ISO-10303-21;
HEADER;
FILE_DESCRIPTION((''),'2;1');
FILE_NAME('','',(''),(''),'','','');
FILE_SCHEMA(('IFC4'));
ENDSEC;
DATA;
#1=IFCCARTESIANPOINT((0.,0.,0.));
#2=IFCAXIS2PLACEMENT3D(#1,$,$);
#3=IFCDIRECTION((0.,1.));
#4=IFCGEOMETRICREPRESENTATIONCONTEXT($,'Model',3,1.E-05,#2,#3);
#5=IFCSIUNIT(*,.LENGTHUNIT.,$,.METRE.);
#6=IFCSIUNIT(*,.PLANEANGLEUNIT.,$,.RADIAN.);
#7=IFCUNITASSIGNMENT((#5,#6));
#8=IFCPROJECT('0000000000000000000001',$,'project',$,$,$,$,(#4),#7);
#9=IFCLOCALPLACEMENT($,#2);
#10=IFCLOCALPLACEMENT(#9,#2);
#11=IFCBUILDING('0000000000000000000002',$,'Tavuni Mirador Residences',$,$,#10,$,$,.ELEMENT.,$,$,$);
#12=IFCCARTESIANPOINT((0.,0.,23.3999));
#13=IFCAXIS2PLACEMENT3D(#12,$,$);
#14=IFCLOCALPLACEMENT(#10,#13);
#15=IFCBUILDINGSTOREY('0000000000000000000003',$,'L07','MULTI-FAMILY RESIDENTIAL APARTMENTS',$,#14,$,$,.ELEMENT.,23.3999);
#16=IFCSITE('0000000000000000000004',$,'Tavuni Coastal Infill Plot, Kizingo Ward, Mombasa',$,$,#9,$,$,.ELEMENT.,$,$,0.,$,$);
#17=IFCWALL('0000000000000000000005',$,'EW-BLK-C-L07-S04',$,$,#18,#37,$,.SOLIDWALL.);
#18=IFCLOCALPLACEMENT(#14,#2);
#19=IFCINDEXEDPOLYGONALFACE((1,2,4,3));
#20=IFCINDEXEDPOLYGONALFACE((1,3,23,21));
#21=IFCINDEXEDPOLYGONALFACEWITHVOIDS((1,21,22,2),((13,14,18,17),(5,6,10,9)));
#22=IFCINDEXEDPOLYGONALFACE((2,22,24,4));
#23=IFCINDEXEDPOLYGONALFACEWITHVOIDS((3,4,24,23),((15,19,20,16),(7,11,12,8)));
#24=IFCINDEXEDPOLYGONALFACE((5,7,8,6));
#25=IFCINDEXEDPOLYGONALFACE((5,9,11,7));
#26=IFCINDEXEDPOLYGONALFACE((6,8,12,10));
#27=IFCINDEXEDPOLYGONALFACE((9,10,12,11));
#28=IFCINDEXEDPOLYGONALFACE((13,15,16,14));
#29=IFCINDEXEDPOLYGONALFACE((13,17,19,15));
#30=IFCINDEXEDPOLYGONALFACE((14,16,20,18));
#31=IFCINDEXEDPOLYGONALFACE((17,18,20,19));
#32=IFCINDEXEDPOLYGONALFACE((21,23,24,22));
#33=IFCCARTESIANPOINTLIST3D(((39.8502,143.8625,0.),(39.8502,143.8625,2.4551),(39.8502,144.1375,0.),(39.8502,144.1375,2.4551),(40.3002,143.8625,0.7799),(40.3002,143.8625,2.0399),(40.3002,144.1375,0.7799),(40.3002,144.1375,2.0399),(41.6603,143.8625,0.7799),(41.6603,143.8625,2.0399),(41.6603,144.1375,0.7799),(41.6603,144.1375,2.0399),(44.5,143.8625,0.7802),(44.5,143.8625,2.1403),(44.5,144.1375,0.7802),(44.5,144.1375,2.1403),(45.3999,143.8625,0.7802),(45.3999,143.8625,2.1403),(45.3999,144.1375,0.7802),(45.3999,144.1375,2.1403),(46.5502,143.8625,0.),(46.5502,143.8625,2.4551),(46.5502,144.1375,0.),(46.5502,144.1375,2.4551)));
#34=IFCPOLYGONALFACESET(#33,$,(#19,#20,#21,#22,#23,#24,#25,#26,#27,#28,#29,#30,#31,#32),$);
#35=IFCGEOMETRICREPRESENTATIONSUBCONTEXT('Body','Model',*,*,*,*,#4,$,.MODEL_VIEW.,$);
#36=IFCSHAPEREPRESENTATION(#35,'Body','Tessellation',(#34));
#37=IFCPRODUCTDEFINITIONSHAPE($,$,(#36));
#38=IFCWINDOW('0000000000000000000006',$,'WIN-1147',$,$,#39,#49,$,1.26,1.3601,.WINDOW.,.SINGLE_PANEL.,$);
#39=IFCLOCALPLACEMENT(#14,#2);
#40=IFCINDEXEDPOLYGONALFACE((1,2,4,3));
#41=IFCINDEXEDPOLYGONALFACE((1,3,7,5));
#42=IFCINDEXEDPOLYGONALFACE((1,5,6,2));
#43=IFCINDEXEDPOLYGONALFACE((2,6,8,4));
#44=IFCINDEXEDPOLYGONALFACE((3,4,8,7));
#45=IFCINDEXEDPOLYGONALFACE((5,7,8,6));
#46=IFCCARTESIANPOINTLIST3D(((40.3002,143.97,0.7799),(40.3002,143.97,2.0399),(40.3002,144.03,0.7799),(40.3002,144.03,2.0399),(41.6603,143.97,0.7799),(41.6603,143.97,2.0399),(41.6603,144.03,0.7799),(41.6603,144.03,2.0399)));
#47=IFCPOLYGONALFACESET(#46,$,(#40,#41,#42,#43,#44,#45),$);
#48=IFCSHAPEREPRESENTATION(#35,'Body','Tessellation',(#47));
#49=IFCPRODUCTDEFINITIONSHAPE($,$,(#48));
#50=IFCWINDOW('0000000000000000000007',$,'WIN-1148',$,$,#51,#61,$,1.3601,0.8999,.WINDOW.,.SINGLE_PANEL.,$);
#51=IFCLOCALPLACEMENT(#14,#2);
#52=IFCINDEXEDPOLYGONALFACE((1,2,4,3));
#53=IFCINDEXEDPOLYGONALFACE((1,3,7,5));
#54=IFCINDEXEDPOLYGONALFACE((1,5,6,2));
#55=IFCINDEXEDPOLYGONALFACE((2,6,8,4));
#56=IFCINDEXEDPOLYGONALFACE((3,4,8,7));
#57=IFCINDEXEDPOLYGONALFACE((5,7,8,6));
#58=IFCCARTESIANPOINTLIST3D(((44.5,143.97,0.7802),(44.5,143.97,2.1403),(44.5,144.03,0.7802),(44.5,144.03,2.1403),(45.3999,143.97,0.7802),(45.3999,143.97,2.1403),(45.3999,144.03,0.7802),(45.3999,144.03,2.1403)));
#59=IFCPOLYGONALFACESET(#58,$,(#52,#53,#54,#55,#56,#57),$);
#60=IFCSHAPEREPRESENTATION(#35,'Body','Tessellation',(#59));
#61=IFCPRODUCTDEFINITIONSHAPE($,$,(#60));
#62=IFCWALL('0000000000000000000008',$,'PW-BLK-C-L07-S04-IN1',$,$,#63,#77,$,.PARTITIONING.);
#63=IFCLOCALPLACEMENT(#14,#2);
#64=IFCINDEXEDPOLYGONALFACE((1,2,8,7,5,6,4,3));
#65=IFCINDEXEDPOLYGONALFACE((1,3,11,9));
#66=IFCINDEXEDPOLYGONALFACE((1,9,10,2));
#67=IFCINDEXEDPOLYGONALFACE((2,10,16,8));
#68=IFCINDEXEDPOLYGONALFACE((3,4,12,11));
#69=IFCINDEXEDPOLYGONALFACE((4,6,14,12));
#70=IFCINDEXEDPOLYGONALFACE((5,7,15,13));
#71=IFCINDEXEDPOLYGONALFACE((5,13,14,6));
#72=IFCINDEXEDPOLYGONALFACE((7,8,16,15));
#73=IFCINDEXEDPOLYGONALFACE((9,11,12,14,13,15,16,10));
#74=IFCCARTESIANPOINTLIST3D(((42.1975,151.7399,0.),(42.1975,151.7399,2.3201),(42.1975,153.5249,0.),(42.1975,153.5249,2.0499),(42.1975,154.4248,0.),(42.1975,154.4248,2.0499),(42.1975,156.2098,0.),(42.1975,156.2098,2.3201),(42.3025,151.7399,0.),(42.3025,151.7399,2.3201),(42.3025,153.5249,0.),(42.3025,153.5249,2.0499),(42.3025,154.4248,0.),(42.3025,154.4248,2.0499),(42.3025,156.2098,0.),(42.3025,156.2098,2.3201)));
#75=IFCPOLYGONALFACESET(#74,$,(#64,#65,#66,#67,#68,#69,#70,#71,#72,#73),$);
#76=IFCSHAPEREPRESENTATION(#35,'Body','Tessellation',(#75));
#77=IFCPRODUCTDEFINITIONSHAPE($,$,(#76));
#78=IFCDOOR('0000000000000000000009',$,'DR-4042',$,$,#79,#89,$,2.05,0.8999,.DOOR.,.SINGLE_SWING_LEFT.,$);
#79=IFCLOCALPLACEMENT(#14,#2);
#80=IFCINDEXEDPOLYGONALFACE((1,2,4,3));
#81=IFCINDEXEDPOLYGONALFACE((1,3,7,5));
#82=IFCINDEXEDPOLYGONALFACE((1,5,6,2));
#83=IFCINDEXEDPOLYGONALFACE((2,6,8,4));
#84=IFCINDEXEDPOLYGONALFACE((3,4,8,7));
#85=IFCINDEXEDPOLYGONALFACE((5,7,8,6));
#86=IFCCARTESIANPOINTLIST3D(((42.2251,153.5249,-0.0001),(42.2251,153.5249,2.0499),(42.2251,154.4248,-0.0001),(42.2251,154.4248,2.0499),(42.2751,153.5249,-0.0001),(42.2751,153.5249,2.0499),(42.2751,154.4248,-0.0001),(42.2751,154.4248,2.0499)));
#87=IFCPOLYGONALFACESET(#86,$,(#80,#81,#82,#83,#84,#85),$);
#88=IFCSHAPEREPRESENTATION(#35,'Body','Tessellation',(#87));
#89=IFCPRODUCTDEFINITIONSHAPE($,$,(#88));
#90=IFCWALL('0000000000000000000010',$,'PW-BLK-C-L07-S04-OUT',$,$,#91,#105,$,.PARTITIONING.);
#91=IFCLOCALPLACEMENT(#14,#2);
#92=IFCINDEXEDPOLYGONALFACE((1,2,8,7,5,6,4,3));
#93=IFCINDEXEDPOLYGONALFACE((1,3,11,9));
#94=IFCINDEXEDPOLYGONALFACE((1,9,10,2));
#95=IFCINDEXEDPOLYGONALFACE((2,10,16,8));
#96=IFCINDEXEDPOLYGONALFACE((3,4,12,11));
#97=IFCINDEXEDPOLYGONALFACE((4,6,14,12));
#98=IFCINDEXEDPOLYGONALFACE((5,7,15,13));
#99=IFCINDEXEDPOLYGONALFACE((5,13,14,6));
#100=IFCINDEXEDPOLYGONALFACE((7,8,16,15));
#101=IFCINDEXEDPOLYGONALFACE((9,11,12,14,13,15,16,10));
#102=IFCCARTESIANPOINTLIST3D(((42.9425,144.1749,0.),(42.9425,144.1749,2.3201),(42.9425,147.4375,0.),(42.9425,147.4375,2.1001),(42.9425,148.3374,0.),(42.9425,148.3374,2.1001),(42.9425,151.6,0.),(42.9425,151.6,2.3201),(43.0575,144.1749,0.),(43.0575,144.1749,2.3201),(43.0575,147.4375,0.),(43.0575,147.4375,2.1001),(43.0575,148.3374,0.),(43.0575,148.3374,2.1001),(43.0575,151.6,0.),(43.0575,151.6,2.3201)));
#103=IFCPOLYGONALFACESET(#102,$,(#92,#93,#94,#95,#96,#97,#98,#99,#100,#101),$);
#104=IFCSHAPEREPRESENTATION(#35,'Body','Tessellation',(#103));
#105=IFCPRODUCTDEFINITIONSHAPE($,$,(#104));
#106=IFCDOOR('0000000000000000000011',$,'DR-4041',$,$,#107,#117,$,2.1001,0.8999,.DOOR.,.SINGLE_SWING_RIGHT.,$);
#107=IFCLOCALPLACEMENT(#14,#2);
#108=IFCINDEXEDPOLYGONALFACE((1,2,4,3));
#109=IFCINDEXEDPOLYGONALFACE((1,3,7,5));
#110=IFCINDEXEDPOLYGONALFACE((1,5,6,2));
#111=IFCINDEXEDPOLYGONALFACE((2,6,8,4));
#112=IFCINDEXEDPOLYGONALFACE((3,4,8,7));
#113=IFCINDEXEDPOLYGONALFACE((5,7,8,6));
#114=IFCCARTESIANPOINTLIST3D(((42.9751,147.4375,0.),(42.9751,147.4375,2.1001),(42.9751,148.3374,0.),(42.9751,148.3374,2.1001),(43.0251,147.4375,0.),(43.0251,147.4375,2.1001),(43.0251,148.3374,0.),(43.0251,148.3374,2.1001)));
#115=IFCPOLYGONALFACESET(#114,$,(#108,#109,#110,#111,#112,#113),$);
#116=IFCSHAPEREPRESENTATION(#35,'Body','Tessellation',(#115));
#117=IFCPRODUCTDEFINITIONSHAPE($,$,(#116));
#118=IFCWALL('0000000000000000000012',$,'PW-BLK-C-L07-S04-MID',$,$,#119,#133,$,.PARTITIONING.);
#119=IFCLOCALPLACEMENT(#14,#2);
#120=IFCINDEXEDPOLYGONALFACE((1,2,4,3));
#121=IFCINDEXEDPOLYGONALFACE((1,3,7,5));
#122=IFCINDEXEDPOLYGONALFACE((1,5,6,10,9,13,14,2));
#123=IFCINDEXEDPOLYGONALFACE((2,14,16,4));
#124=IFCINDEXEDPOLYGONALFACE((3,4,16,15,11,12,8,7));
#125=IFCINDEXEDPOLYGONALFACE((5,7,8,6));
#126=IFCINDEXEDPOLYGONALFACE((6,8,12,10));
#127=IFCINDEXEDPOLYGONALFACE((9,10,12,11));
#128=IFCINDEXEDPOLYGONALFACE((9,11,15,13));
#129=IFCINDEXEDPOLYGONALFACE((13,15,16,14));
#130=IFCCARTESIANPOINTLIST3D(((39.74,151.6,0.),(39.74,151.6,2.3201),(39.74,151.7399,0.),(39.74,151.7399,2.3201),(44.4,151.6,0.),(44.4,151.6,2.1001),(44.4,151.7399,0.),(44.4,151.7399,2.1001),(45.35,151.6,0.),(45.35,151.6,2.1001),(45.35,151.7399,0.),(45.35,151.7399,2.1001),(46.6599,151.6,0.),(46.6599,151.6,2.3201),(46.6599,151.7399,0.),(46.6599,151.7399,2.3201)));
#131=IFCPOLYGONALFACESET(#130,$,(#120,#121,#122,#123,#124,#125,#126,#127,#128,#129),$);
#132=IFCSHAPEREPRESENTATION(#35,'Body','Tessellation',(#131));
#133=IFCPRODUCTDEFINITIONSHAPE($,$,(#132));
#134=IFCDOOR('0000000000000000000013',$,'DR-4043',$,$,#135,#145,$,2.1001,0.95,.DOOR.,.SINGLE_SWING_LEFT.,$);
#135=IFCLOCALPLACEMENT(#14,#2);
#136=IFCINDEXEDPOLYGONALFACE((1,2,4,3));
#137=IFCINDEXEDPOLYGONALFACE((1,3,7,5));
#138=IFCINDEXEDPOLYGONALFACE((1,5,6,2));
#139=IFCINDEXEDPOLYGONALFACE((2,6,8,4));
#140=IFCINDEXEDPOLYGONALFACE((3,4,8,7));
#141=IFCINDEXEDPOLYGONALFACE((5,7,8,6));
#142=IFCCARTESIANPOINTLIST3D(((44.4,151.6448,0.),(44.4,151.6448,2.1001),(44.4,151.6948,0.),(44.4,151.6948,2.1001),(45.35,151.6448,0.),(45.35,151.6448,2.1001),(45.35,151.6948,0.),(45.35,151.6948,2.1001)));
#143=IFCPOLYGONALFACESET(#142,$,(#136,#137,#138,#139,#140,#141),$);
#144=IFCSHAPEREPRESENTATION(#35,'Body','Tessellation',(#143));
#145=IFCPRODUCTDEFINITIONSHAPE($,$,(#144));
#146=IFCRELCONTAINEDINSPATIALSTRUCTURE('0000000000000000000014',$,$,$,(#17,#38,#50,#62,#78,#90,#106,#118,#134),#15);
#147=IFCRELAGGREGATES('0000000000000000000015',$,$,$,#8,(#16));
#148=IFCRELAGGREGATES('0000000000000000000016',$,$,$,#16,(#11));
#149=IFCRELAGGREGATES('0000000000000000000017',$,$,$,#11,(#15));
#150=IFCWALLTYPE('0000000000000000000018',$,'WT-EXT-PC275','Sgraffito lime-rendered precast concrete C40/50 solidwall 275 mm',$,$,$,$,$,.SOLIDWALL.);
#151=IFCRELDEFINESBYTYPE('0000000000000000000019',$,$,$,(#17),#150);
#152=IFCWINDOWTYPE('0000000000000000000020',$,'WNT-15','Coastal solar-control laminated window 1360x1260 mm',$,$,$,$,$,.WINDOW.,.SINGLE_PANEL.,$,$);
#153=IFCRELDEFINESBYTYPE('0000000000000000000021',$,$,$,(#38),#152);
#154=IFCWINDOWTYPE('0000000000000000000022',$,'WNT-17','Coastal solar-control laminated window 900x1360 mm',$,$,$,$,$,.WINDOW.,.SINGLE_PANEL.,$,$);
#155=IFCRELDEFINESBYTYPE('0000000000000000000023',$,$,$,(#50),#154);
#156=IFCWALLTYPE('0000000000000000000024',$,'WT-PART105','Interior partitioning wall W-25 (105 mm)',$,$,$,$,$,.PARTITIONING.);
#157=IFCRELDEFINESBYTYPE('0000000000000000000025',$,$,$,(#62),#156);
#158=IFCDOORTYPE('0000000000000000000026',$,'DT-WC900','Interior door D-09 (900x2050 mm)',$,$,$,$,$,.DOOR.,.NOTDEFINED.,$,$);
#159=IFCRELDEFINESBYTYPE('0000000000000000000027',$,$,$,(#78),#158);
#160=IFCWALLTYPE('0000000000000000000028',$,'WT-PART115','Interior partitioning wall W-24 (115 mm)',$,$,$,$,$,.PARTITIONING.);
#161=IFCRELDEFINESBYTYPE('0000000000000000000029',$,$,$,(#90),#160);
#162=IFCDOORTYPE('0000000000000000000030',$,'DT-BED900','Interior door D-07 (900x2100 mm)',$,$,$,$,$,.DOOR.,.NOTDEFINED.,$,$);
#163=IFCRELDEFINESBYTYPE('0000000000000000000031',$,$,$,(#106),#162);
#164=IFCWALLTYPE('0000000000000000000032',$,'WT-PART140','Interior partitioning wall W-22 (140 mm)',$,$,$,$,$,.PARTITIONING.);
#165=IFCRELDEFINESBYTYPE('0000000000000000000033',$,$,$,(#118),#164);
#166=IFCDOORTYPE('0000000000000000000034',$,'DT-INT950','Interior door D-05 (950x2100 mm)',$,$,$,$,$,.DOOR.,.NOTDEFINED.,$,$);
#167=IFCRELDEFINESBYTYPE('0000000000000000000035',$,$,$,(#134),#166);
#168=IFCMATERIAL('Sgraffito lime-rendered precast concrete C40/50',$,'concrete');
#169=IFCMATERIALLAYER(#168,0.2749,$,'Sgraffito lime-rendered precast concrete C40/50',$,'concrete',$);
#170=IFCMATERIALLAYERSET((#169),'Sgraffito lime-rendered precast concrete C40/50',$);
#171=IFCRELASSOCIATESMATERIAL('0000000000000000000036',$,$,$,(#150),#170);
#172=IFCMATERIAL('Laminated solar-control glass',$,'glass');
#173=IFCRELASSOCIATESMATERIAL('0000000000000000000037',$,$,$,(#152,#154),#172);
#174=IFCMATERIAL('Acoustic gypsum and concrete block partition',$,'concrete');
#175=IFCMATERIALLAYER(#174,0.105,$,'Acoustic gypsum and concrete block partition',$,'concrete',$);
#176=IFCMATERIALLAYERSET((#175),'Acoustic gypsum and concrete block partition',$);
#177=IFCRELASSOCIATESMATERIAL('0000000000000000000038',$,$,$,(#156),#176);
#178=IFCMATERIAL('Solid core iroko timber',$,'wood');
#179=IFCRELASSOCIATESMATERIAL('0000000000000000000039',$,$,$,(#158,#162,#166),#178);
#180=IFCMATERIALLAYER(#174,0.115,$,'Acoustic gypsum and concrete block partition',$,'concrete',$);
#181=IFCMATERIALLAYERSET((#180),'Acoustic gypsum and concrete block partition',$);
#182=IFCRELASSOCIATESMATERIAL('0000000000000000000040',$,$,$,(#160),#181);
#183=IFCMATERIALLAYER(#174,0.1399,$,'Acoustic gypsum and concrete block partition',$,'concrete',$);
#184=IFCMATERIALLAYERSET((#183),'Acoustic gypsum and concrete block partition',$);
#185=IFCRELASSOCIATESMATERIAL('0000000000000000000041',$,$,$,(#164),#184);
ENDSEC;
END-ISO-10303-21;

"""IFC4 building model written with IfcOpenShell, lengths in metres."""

from ifc_helpers import new_model, si_unit, direction, frame, frame_2d, origin, place, context, subcontext, project, spatial, rectangle, extrude, material, layer, layer_set, type_object, element, fill, save


model = new_model("IFC4")

# Units and contexts
model_context = context("Model", 3, precision=1e-05, world=origin(), true_north=direction((0.0, 1.0)))
body_context = subcontext(model_context, "Body", "Model", "MODEL_VIEW")
ifc_project = project(units=[si_unit("LENGTHUNIT", "METRE"), si_unit("PLANEANGLEUNIT", "RADIAN")], contexts=[model_context])

# Site, building, storey
site_placement = place(None, origin())
site = spatial("IfcSite", under=ifc_project, at=site_placement, Name="Tavuni Coastal Infill Plot, Kizingo Ward, Mombasa", CompositionType="ELEMENT", RefElevation=0.0)
building_placement = place(site_placement, origin())
building = spatial("IfcBuilding", under=site, at=building_placement, Name="Tavuni Mirador Residences", CompositionType="ELEMENT")
storey_placement = place(building_placement, frame((0.0, 0.0, 23.3999)))
storey = spatial("IfcBuildingStorey", under=building, at=storey_placement, Name="L07", Description="MULTI-FAMILY RESIDENTIAL APARTMENTS", CompositionType="ELEMENT", Elevation=23.3999)

# Shared definitions
ifc_material_1 = material(Name="Solid core iroko timber", Category="wood")

# Wall, openings, windows
ifc_material_2 = material(Name="Sgraffito lime-rendered precast concrete C40/50", Category="concrete")
ifc_layer_1 = layer(ifc_material_2, 0.2749, Name="Sgraffito lime-rendered precast concrete C40/50", Category="concrete")
ifc_layer_set_1 = layer_set([ifc_layer_1], Name="Sgraffito lime-rendered precast concrete C40/50")
wall_type_1 = type_object("IfcWallType", Name="WT-EXT-PC275", Description="Sgraffito lime-rendered precast concrete C40/50 solidwall 275 mm", PredefinedType="SOLIDWALL", material=ifc_layer_set_1)
wall_1_placement = place(storey_placement, frame((39.8501, 144.0, 0.0), z_axis=(0.0, 0.0, 1.0), x_axis=(1.0, 0.0, 0.0)))
wall_1 = element("IfcWall", 1, at=wall_1_placement, inside=storey, type_object=wall_type_1, Name="EW-BLK-C-L07-S04", PredefinedType="SOLIDWALL", context=body_context, shape_type="SweptSolid", body=[
    extrude(rectangle(XDim=6.7, YDim=0.2749, at=frame_2d((3.3501, 0.0))), origin(), (0.0, 0.0, 1.0), 2.4551),
])
opening_1_placement = place(wall_1_placement, frame((0.45, 0.0, 0.78)))
opening_1 = element("IfcOpeningElement", 2, at=opening_1_placement, cuts=wall_1, PredefinedType="OPENING", context=body_context, shape_type="SweptSolid", body=[
    extrude(rectangle(XDim=1.3601, YDim=1.26, at=frame_2d((0.6802, 0.6299))), frame((0.0, 0.1475, 0.0), z_axis=(0.0, -1.0, 0.0), x_axis=(1.0, 0.0, 0.0)), (0.0, 0.0, 1.0), 0.2949),
])
opening_2_placement = place(wall_1_placement, frame((4.6499, 0.0, 0.78)))
opening_2 = element("IfcOpeningElement", 3, at=opening_2_placement, cuts=wall_1, PredefinedType="OPENING", context=body_context, shape_type="SweptSolid", body=[
    extrude(rectangle(XDim=0.8999, YDim=1.3601, at=frame_2d((0.45, 0.6802))), frame((0.0, 0.1475, 0.0), z_axis=(0.0, -1.0, 0.0), x_axis=(1.0, 0.0, 0.0)), (0.0, 0.0, 1.0), 0.2949),
])
ifc_material_3 = material(Name="Laminated solar-control glass", Category="glass")
window_type_1 = type_object("IfcWindowType", Name="WNT-15", Description="Coastal solar-control laminated window 1360x1260 mm", PartitioningType="SINGLE_PANEL", PredefinedType="WINDOW", material=ifc_material_3)
window_1_placement = place(opening_1_placement, origin())
window_1 = element("IfcWindow", 4, at=window_1_placement, inside=storey, type_object=window_type_1, Name="WIN-1147", OverallHeight=1.26, OverallWidth=1.3601, PartitioningType="SINGLE_PANEL", PredefinedType="WINDOW", context=body_context, shape_type="SweptSolid", body=[
    extrude(rectangle(XDim=1.3601, YDim=1.26, at=frame_2d((0.6802, 0.6299))), frame((0.0, 0.03, 0.0), z_axis=(0.0, -1.0, 0.0), x_axis=(1.0, 0.0, 0.0)), (0.0, 0.0, 1.0), 0.0601),
])
fill(opening_1, window_1)
window_type_2 = type_object("IfcWindowType", Name="WNT-17", Description="Coastal solar-control laminated window 900x1360 mm", PartitioningType="SINGLE_PANEL", PredefinedType="WINDOW", material=ifc_material_3)
window_2_placement = place(opening_2_placement, origin())
window_2 = element("IfcWindow", 5, at=window_2_placement, inside=storey, type_object=window_type_2, Name="WIN-1148", OverallHeight=1.3601, OverallWidth=0.8999, PartitioningType="SINGLE_PANEL", PredefinedType="WINDOW", context=body_context, shape_type="SweptSolid", body=[
    extrude(rectangle(XDim=0.8999, YDim=1.3601, at=frame_2d((0.45, 0.6802))), frame((0.0, 0.03, 0.0), z_axis=(0.0, -1.0, 0.0), x_axis=(1.0, 0.0, 0.0)), (0.0, 0.0, 1.0), 0.0601),
])
fill(opening_2, window_2)

# Walls, openings, doors
ifc_material_4 = material(Name="Acoustic gypsum and concrete block partition", Category="concrete")
ifc_layer_2 = layer(ifc_material_4, 0.105, Name="Acoustic gypsum and concrete block partition", Category="concrete")
ifc_layer_set_2 = layer_set([ifc_layer_2], Name="Acoustic gypsum and concrete block partition")
wall_type_2 = type_object("IfcWallType", Name="WT-PART105", Description="Interior partitioning wall W-25 (105 mm)", PredefinedType="PARTITIONING", material=ifc_layer_set_2)
wall_2_placement = place(storey_placement, frame((42.25, 151.74, 0.0), z_axis=(0.0, 0.0, 1.0), x_axis=(0.0, 1.0, 0.0)))
wall_2 = element("IfcWall", 6, at=wall_2_placement, inside=storey, type_object=wall_type_2, Name="PW-BLK-C-L07-S04-IN1", PredefinedType="PARTITIONING", context=body_context, shape_type="SweptSolid", body=[
    extrude(rectangle(XDim=4.47, YDim=0.105, at=frame_2d((2.2349, 0.0))), origin(), (0.0, 0.0, 1.0), 2.3201),
])
opening_3_placement = place(wall_2_placement, frame((1.7849, 0.0, 0.0)))
opening_3 = element("IfcOpeningElement", 7, at=opening_3_placement, cuts=wall_2, PredefinedType="OPENING", context=body_context, shape_type="SweptSolid", body=[
    extrude(rectangle(XDim=0.8999, YDim=2.05, at=frame_2d((0.45, 1.0249))), frame((0.0, 0.0625, 0.0), z_axis=(0.0, -1.0, 0.0), x_axis=(1.0, 0.0, 0.0)), (0.0, 0.0, 1.0), 0.125),
])
door_type_1 = type_object("IfcDoorType", Name="DT-WC900", Description="Interior door D-09 (900x2050 mm)", OperationType="NOTDEFINED", PredefinedType="DOOR", material=ifc_material_1)
door_1_placement = place(opening_3_placement, origin())
door_1 = element("IfcDoor", 8, at=door_1_placement, inside=storey, type_object=door_type_1, Name="DR-4042", OperationType="SINGLE_SWING_LEFT", OverallHeight=2.05, OverallWidth=0.8999, PredefinedType="DOOR", context=body_context, shape_type="SweptSolid", body=[
    extrude(rectangle(XDim=0.8999, YDim=2.05, at=frame_2d((0.45, 1.0249))), frame((0.0, 0.0249, 0.0), z_axis=(0.0, -1.0, 0.0), x_axis=(1.0, 0.0, 0.0)), (0.0, 0.0, 1.0), 0.05),
])
fill(opening_3, door_1)
ifc_layer_3 = layer(ifc_material_4, 0.115, Name="Acoustic gypsum and concrete block partition", Category="concrete")
ifc_layer_set_3 = layer_set([ifc_layer_3], Name="Acoustic gypsum and concrete block partition")
wall_type_3 = type_object("IfcWallType", Name="WT-PART115", Description="Interior partitioning wall W-24 (115 mm)", PredefinedType="PARTITIONING", material=ifc_layer_set_3)
wall_3_placement = place(storey_placement, frame((43.0, 144.175, 0.0), z_axis=(0.0, 0.0, 1.0), x_axis=(0.0, 1.0, 0.0)))
wall_3 = element("IfcWall", 9, at=wall_3_placement, inside=storey, type_object=wall_type_3, Name="PW-BLK-C-L07-S04-OUT", PredefinedType="PARTITIONING", context=body_context, shape_type="SweptSolid", body=[
    extrude(rectangle(XDim=7.425, YDim=0.115, at=frame_2d((3.7124, 0.0))), origin(), (0.0, 0.0, 1.0), 2.3201),
])
opening_4_placement = place(wall_3_placement, frame((3.2625, 0.0, 0.0)))
opening_4 = element("IfcOpeningElement", 10, at=opening_4_placement, cuts=wall_3, PredefinedType="OPENING", context=body_context, shape_type="SweptSolid", body=[
    extrude(rectangle(XDim=0.8999, YDim=2.1001, at=frame_2d((0.45, 1.05))), frame((0.0, 0.0674, 0.0), z_axis=(0.0, -1.0, 0.0), x_axis=(1.0, 0.0, 0.0)), (0.0, 0.0, 1.0), 0.135),
])
door_type_2 = type_object("IfcDoorType", Name="DT-BED900", Description="Interior door D-07 (900x2100 mm)", OperationType="NOTDEFINED", PredefinedType="DOOR", material=ifc_material_1)
door_2_placement = place(opening_4_placement, origin())
door_2 = element("IfcDoor", 11, at=door_2_placement, inside=storey, type_object=door_type_2, Name="DR-4041", OperationType="SINGLE_SWING_RIGHT", OverallHeight=2.1001, OverallWidth=0.8999, PredefinedType="DOOR", context=body_context, shape_type="SweptSolid", body=[
    extrude(rectangle(XDim=0.8999, YDim=2.1001, at=frame_2d((0.45, 1.05))), frame((0.0, 0.0249, 0.0), z_axis=(0.0, -1.0, 0.0), x_axis=(1.0, 0.0, 0.0)), (0.0, 0.0, 1.0), 0.05),
])
fill(opening_4, door_2)
ifc_layer_4 = layer(ifc_material_4, 0.1399, Name="Acoustic gypsum and concrete block partition", Category="concrete")
ifc_layer_set_4 = layer_set([ifc_layer_4], Name="Acoustic gypsum and concrete block partition")
wall_type_4 = type_object("IfcWallType", Name="WT-PART140", Description="Interior partitioning wall W-22 (140 mm)", PredefinedType="PARTITIONING", material=ifc_layer_set_4)
wall_4_placement = place(storey_placement, frame((39.74, 151.6699, 0.0), z_axis=(0.0, 0.0, 1.0), x_axis=(1.0, 0.0, 0.0)))
wall_4 = element("IfcWall", 12, at=wall_4_placement, inside=storey, type_object=wall_type_4, Name="PW-BLK-C-L07-S04-MID", PredefinedType="PARTITIONING", context=body_context, shape_type="SweptSolid", body=[
    extrude(rectangle(XDim=6.9199, YDim=0.1399, at=frame_2d((3.46, 0.0))), origin(), (0.0, 0.0, 1.0), 2.3201),
])
opening_5_placement = place(wall_4_placement, frame((4.6599, 0.0, 0.0)))
opening_5 = element("IfcOpeningElement", 13, at=opening_5_placement, cuts=wall_4, PredefinedType="OPENING", context=body_context, shape_type="SweptSolid", body=[
    extrude(rectangle(XDim=0.95, YDim=2.1001, at=frame_2d((0.4751, 1.05))), frame((0.0, 0.0801, 0.0), z_axis=(0.0, -1.0, 0.0), x_axis=(1.0, 0.0, 0.0)), (0.0, 0.0, 1.0), 0.1599),
])
door_type_3 = type_object("IfcDoorType", Name="DT-INT950", Description="Interior door D-05 (950x2100 mm)", OperationType="NOTDEFINED", PredefinedType="DOOR", material=ifc_material_1)
door_3_placement = place(opening_5_placement, origin())
door_3 = element("IfcDoor", 14, at=door_3_placement, inside=storey, type_object=door_type_3, Name="DR-4043", OperationType="SINGLE_SWING_LEFT", OverallHeight=2.1001, OverallWidth=0.95, PredefinedType="DOOR", context=body_context, shape_type="SweptSolid", body=[
    extrude(rectangle(XDim=0.95, YDim=2.1001, at=frame_2d((0.4751, 1.05))), frame((0.0, 0.0249, 0.0), z_axis=(0.0, -1.0, 0.0), x_axis=(1.0, 0.0, 0.0)), (0.0, 0.0, 1.0), 0.05),
])
fill(opening_5, door_3)

save(model, "model.ifc")
